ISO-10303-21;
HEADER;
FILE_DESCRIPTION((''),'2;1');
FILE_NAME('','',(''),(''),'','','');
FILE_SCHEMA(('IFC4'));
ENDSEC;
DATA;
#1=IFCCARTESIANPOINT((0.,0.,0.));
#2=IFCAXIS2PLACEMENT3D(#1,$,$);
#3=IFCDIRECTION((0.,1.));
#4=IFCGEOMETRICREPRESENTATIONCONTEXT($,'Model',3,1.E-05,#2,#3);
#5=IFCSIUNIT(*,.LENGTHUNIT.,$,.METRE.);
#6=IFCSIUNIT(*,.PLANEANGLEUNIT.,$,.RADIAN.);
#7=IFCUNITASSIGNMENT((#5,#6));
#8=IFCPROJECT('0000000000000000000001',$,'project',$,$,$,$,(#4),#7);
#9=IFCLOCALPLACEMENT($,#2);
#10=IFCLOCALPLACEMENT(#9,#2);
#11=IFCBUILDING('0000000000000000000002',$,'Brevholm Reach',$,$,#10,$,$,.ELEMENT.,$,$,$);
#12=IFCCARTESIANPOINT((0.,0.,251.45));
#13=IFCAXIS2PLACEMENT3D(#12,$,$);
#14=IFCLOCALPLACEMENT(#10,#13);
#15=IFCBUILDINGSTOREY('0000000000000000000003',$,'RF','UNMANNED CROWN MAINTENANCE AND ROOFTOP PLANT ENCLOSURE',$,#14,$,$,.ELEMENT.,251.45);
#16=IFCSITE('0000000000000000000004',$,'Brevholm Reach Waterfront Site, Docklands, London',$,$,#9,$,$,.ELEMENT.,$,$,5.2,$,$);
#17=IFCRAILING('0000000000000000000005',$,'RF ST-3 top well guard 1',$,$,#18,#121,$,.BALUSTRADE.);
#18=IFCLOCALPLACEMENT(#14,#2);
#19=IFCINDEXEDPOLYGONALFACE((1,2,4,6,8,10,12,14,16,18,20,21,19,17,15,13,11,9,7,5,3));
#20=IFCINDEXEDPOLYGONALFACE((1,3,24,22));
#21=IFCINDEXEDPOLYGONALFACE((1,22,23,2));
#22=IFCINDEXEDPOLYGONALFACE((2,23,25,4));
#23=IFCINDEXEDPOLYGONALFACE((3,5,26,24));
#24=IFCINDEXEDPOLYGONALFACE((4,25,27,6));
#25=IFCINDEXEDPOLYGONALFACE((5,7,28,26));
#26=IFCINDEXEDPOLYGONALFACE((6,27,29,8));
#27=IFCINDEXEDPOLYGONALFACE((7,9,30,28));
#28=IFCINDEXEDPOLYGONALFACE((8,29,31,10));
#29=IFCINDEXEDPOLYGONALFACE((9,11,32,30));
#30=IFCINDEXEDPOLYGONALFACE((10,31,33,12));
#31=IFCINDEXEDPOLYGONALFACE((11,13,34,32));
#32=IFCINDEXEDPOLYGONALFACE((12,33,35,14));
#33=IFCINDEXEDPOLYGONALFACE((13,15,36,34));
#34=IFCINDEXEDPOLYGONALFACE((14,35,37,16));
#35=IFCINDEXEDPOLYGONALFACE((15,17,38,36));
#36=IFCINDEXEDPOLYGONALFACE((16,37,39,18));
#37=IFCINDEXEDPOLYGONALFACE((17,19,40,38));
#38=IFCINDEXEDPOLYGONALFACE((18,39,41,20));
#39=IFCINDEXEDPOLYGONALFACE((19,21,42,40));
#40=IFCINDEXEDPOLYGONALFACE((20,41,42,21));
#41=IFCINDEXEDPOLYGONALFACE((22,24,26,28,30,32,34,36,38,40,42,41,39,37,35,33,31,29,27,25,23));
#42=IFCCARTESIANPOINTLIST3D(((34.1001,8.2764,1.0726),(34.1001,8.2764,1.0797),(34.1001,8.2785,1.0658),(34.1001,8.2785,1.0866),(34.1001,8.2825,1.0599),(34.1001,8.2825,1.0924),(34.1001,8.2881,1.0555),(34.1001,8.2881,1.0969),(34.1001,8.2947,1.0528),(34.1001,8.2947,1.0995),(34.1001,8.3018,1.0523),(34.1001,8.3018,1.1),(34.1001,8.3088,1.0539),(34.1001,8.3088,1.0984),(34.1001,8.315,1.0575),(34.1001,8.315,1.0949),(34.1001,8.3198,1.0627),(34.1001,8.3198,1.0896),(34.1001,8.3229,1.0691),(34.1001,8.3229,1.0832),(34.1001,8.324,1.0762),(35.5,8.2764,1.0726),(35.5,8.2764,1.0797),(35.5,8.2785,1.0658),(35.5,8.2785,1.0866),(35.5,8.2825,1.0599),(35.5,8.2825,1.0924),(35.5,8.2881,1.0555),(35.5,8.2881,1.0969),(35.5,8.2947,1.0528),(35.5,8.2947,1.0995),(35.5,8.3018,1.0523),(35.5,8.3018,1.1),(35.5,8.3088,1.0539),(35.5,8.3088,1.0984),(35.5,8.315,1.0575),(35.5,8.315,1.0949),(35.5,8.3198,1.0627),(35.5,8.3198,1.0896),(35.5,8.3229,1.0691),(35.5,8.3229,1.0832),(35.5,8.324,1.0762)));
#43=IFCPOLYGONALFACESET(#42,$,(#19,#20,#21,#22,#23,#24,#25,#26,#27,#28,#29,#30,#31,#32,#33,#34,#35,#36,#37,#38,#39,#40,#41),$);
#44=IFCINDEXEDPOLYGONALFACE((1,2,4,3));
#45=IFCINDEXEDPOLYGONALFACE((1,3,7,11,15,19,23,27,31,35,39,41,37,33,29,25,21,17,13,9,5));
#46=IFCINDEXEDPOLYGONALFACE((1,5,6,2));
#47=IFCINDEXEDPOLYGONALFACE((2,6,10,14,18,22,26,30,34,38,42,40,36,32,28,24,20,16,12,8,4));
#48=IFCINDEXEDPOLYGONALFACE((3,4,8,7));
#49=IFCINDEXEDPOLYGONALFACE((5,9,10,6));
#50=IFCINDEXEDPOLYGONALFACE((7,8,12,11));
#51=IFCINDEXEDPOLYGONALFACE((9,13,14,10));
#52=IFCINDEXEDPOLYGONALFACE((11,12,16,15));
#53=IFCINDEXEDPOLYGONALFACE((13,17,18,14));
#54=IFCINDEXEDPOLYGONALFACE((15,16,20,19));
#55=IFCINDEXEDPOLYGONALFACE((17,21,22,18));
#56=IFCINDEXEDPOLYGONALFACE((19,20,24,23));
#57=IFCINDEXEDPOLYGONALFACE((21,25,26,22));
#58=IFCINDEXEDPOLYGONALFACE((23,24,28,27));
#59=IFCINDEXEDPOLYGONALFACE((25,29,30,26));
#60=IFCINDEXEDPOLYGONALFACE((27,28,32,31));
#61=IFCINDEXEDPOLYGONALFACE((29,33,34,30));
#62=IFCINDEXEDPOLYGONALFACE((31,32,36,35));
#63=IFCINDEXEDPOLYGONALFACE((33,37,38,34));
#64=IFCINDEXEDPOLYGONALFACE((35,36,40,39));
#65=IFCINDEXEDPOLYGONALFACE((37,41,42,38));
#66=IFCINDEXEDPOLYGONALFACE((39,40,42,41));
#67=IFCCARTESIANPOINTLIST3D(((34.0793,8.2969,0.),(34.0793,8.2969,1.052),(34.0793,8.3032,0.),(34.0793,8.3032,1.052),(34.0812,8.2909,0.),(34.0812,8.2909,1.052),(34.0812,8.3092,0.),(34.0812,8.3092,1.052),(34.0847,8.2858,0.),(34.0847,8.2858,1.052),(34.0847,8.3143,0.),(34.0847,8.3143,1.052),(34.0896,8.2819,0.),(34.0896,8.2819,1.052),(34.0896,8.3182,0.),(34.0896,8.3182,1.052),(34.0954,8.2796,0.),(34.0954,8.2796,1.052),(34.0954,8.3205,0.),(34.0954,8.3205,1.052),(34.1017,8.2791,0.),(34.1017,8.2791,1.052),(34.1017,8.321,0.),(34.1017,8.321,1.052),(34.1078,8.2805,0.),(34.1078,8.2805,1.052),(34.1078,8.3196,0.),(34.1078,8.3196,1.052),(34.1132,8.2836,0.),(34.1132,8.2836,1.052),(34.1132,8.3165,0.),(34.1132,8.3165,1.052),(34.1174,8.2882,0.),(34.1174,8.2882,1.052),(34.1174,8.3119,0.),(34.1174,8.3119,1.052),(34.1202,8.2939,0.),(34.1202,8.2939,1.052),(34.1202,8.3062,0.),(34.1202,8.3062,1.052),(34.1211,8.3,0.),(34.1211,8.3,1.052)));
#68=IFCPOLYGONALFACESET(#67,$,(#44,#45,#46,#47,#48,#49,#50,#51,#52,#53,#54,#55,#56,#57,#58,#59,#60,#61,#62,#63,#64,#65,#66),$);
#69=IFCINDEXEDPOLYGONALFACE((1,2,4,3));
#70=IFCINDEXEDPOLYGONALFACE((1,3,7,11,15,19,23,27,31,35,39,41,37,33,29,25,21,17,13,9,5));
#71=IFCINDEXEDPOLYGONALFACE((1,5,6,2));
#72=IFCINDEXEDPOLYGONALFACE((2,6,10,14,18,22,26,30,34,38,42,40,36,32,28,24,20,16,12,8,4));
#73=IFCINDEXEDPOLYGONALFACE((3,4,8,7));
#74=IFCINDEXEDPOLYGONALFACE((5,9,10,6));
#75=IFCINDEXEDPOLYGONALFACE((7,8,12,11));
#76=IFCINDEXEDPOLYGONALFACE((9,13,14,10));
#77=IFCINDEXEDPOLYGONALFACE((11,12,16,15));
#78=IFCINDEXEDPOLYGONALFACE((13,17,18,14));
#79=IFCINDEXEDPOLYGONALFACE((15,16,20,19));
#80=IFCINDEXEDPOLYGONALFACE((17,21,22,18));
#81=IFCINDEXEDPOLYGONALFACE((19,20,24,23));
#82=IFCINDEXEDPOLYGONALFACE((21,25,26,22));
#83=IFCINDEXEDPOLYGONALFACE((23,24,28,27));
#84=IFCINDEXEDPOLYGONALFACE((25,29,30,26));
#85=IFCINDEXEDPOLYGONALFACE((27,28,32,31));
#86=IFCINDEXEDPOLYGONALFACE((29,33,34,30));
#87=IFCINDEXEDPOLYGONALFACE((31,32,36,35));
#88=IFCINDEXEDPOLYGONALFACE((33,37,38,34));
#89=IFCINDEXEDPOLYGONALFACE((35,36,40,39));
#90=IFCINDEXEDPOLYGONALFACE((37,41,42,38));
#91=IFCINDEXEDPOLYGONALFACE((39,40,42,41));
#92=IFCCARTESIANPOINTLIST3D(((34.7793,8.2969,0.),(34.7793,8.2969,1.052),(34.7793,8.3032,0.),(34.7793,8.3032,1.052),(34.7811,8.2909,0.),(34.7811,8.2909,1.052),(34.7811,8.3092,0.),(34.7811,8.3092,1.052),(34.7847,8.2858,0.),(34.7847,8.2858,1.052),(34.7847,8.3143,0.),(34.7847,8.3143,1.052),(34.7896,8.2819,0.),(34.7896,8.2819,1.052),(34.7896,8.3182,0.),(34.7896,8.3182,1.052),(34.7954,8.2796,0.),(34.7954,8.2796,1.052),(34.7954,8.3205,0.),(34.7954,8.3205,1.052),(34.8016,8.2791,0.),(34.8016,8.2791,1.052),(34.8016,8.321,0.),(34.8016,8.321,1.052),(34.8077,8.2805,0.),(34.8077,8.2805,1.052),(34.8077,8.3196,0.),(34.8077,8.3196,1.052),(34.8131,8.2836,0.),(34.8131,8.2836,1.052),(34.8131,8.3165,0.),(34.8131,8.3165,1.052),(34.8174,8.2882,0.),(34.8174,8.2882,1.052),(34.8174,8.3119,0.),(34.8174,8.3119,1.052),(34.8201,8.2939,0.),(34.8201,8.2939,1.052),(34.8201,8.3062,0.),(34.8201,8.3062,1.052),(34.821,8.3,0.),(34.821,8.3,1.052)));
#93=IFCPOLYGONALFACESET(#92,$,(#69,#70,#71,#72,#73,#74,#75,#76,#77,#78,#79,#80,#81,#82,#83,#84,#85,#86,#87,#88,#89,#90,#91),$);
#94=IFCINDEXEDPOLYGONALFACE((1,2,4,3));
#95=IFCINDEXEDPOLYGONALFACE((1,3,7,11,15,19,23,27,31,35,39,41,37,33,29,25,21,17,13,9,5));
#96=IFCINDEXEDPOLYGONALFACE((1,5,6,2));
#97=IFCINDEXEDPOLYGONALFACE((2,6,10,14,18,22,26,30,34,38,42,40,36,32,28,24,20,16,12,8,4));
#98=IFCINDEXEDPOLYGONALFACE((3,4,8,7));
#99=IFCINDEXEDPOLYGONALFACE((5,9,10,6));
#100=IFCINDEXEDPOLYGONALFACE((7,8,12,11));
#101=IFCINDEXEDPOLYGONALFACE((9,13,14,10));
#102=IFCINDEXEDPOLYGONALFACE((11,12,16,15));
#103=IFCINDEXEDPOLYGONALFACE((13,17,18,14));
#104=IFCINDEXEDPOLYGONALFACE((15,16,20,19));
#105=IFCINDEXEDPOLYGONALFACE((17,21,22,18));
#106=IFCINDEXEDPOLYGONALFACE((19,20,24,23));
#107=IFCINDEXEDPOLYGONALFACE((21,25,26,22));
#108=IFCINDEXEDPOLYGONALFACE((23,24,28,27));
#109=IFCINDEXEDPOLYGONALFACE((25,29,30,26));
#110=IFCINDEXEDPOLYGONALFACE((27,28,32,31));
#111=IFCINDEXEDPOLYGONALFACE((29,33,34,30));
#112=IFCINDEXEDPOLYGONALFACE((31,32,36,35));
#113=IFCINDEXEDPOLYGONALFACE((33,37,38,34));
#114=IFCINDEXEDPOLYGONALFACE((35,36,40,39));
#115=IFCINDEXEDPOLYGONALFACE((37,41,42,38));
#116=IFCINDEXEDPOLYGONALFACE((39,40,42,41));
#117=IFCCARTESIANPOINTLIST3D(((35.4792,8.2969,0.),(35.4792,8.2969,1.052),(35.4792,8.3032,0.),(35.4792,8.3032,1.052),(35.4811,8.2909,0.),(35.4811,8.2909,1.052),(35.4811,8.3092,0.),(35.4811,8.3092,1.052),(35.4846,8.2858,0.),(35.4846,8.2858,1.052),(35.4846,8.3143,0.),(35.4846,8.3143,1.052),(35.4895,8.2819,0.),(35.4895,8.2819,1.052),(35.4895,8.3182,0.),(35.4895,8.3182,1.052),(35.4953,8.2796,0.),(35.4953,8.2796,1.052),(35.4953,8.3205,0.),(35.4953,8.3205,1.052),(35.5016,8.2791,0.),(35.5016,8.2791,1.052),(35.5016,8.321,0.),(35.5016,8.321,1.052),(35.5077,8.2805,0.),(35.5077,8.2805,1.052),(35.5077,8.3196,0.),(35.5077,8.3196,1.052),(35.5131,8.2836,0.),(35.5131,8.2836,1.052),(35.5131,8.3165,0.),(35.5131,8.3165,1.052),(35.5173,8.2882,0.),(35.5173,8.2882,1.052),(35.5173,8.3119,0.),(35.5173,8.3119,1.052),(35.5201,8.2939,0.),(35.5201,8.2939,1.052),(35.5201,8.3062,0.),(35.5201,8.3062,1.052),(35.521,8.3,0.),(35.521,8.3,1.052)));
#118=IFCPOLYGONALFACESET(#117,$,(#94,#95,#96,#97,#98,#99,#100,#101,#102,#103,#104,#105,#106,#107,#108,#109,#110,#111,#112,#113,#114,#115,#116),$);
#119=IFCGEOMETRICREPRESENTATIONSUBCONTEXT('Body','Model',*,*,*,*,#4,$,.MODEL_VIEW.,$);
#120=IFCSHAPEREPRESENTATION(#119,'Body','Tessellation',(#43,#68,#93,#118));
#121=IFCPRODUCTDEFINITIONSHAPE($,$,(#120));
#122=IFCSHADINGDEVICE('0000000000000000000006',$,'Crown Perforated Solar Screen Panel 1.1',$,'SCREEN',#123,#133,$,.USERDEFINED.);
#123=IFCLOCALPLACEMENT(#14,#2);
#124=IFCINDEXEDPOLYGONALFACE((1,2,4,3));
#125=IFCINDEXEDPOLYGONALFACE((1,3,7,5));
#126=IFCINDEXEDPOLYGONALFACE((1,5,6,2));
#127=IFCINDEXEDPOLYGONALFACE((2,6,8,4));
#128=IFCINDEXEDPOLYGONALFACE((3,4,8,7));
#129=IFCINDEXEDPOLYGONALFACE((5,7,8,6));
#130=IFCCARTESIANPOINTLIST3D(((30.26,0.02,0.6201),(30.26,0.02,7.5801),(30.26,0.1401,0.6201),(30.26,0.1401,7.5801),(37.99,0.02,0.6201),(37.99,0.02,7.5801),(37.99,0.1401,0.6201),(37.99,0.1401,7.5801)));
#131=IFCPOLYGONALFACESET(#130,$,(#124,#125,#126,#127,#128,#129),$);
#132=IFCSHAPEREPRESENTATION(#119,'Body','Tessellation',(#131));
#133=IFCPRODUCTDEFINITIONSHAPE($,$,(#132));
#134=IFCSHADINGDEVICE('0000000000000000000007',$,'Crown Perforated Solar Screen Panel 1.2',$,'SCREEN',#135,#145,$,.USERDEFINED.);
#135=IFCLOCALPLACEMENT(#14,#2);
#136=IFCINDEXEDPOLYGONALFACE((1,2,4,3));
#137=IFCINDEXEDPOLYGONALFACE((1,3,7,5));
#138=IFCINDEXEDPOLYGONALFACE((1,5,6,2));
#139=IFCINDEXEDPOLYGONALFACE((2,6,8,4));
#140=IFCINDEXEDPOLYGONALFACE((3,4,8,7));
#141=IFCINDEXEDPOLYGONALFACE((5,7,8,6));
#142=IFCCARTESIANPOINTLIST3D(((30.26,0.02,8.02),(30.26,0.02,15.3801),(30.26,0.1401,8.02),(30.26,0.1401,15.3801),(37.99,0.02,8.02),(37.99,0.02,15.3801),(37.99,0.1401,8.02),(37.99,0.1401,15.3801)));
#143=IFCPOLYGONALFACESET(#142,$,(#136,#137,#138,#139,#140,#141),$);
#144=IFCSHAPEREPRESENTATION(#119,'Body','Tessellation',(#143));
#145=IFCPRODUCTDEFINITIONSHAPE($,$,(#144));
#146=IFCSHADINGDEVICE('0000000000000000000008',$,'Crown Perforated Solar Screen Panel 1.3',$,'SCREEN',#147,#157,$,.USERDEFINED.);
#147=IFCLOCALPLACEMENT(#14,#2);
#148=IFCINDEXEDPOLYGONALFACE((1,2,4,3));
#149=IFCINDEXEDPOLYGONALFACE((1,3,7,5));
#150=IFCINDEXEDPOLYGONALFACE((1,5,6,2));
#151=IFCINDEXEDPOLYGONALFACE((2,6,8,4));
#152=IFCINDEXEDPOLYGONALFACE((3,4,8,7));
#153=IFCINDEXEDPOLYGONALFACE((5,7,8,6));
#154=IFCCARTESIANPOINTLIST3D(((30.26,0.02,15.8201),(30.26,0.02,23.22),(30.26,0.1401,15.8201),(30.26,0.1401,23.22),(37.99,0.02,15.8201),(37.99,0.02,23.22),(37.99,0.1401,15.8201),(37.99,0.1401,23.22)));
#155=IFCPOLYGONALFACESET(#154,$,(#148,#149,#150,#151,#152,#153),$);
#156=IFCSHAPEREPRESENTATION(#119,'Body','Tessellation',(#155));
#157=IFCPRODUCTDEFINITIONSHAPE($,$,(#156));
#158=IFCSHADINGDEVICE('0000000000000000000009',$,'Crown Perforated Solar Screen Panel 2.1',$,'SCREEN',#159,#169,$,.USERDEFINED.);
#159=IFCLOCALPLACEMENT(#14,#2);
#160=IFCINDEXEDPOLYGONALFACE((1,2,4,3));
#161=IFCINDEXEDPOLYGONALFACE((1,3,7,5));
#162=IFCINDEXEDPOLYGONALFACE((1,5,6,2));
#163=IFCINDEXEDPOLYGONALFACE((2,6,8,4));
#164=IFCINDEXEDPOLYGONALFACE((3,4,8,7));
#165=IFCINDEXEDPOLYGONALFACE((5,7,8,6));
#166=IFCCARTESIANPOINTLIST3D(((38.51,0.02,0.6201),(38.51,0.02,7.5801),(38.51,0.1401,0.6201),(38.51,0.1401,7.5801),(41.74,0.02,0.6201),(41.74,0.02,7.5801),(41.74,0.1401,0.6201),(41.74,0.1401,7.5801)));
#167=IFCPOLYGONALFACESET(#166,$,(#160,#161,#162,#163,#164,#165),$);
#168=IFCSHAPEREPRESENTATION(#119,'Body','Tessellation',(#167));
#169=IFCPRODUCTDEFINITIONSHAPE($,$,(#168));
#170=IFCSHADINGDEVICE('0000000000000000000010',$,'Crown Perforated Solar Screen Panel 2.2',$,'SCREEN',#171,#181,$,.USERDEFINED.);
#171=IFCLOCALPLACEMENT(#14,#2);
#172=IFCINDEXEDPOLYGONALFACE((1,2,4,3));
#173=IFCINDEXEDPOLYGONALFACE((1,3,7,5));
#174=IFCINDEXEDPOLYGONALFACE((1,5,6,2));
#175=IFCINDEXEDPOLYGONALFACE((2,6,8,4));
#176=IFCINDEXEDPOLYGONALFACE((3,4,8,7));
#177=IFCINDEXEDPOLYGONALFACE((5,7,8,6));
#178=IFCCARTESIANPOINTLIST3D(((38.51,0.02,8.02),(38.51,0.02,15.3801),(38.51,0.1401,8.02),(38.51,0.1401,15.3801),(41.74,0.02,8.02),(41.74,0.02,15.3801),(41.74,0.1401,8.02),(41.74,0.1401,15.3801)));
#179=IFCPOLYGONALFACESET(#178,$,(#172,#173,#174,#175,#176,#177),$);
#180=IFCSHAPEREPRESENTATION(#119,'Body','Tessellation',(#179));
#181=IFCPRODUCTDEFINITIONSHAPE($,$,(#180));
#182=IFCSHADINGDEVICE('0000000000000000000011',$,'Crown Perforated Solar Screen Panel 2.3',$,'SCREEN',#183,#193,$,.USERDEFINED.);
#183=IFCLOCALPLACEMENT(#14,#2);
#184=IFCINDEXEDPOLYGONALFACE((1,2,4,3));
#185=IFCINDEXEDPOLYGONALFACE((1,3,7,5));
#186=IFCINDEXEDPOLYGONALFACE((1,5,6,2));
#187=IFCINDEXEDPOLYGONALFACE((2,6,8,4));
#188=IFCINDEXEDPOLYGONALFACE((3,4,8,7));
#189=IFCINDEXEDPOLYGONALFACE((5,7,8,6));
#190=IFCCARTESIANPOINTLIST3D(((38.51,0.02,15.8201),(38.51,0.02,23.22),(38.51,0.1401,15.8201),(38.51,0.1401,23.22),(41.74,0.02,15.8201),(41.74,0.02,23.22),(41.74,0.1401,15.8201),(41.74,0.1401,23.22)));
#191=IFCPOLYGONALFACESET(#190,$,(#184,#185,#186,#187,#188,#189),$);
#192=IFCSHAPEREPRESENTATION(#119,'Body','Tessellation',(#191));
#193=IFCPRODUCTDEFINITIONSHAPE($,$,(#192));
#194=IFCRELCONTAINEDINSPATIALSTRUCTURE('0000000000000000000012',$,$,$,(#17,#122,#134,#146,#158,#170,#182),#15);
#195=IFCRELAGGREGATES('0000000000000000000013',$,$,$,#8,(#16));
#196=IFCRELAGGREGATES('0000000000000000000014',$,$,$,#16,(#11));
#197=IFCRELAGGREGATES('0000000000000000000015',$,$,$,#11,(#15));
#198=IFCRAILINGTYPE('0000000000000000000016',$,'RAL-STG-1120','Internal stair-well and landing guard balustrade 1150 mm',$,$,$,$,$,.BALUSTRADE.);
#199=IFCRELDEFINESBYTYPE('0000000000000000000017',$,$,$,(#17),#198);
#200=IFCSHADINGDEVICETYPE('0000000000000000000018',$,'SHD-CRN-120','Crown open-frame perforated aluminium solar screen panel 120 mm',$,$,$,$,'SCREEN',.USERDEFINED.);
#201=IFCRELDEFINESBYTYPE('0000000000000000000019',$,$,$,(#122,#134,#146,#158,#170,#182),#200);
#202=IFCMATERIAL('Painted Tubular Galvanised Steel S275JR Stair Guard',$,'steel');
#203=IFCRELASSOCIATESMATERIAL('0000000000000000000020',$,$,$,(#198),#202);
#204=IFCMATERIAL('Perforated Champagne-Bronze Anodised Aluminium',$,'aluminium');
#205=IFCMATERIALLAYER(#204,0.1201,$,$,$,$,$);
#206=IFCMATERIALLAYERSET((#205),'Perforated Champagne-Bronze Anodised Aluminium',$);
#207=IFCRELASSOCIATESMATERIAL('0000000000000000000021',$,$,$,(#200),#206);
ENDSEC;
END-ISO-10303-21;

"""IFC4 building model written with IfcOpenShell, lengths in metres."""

from ifc_helpers import new_model, si_unit, direction, frame, origin, origin_2d, place, context, subcontext, project, spatial, rectangle, circle, extrude, material, layer, layer_set, type_object, element, save


model = new_model("IFC4")

# Units and contexts
model_context = context("Model", 3, precision=1e-05, world=origin(), true_north=direction((0.0, 1.0)))
body_context = subcontext(model_context, "Body", "Model", "MODEL_VIEW")
ifc_project = project(units=[si_unit("LENGTHUNIT", "METRE"), si_unit("PLANEANGLEUNIT", "RADIAN")], contexts=[model_context])

# Site, building, storey
site_placement = place(None, origin())
site = spatial("IfcSite", under=ifc_project, at=site_placement, Name="Brevholm Reach Waterfront Site, Docklands, London", CompositionType="ELEMENT", RefElevation=5.2)
building_placement = place(site_placement, origin())
building = spatial("IfcBuilding", under=site, at=building_placement, Name="Brevholm Reach", CompositionType="ELEMENT")
storey_placement = place(building_placement, frame((0.0, 0.0, 251.45)))
storey = spatial("IfcBuildingStorey", under=building, at=storey_placement, Name="RF", Description="UNMANNED CROWN MAINTENANCE AND ROOFTOP PLANT ENCLOSURE", CompositionType="ELEMENT", Elevation=251.45)

# Railing
ifc_material_1 = material(Name="Painted Tubular Galvanised Steel S275JR Stair Guard", Category="steel")
railing_type = type_object("IfcRailingType", Name="RAL-STG-1120", Description="Internal stair-well and landing guard balustrade 1150 mm", PredefinedType="BALUSTRADE", material=ifc_material_1)
railing_placement = place(storey_placement, frame((34.1001, 8.3, 0.0)))
element("IfcRailing", 1, at=railing_placement, inside=storey, type_object=railing_type, Name="RF ST-3 top well guard 1", PredefinedType="BALUSTRADE", context=body_context, shape_type="SweptSolid", body=[
    extrude(circle(Radius=0.0239, at=origin_2d()), frame((0.0, 0.0, 1.0762), z_axis=(1.0, 0.0, 0.0), x_axis=(0.0, 1.0, 0.0)), (0.0, 0.0, 1.0), 1.3999),
    extrude(circle(Radius=0.021, at=origin_2d()), origin(), (0.0, 0.0, 1.0), 1.052),
    extrude(circle(Radius=0.021, at=origin_2d()), frame((0.7, 0.0, 0.0)), (0.0, 0.0, 1.0), 1.052),
    extrude(circle(Radius=0.021, at=origin_2d()), frame((1.3999, 0.0, 0.0)), (0.0, 0.0, 1.0), 1.052),
])

# Shading devices
ifc_material_2 = material(Name="Perforated Champagne-Bronze Anodised Aluminium", Category="aluminium")
ifc_layer_1 = layer(ifc_material_2, 0.1201)
ifc_layer_set_1 = layer_set([ifc_layer_1], Name="Perforated Champagne-Bronze Anodised Aluminium")
shading_device_type = type_object("IfcShadingDeviceType", Name="SHD-CRN-120", Description="Crown open-frame perforated aluminium solar screen panel 120 mm", ElementType="SCREEN", PredefinedType="USERDEFINED", material=ifc_layer_set_1)
shading_device_1_placement = place(storey_placement, frame((34.125, 0.0801, 0.6201), z_axis=(0.0, 0.0, 1.0), x_axis=(1.0, 0.0, 0.0)))
element("IfcShadingDevice", 2, at=shading_device_1_placement, inside=storey, type_object=shading_device_type, Name="Crown Perforated Solar Screen Panel 1.1", ObjectType="SCREEN", PredefinedType="USERDEFINED", context=body_context, shape_type="SweptSolid", body=[
    extrude(rectangle(XDim=7.73, YDim=0.1201, at=origin_2d()), origin(), (0.0, 0.0, 1.0), 6.96),
])
shading_device_2_placement = place(storey_placement, frame((34.125, 0.0801, 8.02), z_axis=(0.0, 0.0, 1.0), x_axis=(1.0, 0.0, 0.0)))
element("IfcShadingDevice", 3, at=shading_device_2_placement, inside=storey, type_object=shading_device_type, Name="Crown Perforated Solar Screen Panel 1.2", ObjectType="SCREEN", PredefinedType="USERDEFINED", context=body_context, shape_type="SweptSolid", body=[
    extrude(rectangle(XDim=7.73, YDim=0.1201, at=origin_2d()), origin(), (0.0, 0.0, 1.0), 7.3601),
])
shading_device_3_placement = place(storey_placement, frame((34.125, 0.0801, 15.8201), z_axis=(0.0, 0.0, 1.0), x_axis=(1.0, 0.0, 0.0)))
element("IfcShadingDevice", 4, at=shading_device_3_placement, inside=storey, type_object=shading_device_type, Name="Crown Perforated Solar Screen Panel 1.3", ObjectType="SCREEN", PredefinedType="USERDEFINED", context=body_context, shape_type="SweptSolid", body=[
    extrude(rectangle(XDim=7.73, YDim=0.1201, at=origin_2d()), origin(), (0.0, 0.0, 1.0), 7.3999),
])
shading_device_4_placement = place(storey_placement, frame((40.125, 0.0801, 0.6201), z_axis=(0.0, 0.0, 1.0), x_axis=(1.0, 0.0, 0.0)))
element("IfcShadingDevice", 5, at=shading_device_4_placement, inside=storey, type_object=shading_device_type, Name="Crown Perforated Solar Screen Panel 2.1", ObjectType="SCREEN", PredefinedType="USERDEFINED", context=body_context, shape_type="SweptSolid", body=[
    extrude(rectangle(XDim=3.23, YDim=0.1201, at=origin_2d()), origin(), (0.0, 0.0, 1.0), 6.96),
])
shading_device_5_placement = place(storey_placement, frame((40.125, 0.0801, 8.02), z_axis=(0.0, 0.0, 1.0), x_axis=(1.0, 0.0, 0.0)))
element("IfcShadingDevice", 6, at=shading_device_5_placement, inside=storey, type_object=shading_device_type, Name="Crown Perforated Solar Screen Panel 2.2", ObjectType="SCREEN", PredefinedType="USERDEFINED", context=body_context, shape_type="SweptSolid", body=[
    extrude(rectangle(XDim=3.23, YDim=0.1201, at=origin_2d()), origin(), (0.0, 0.0, 1.0), 7.3601),
])
shading_device_6_placement = place(storey_placement, frame((40.125, 0.0801, 15.8201), z_axis=(0.0, 0.0, 1.0), x_axis=(1.0, 0.0, 0.0)))
element("IfcShadingDevice", 7, at=shading_device_6_placement, inside=storey, type_object=shading_device_type, Name="Crown Perforated Solar Screen Panel 2.3", ObjectType="SCREEN", PredefinedType="USERDEFINED", context=body_context, shape_type="SweptSolid", body=[
    extrude(rectangle(XDim=3.23, YDim=0.1201, at=origin_2d()), origin(), (0.0, 0.0, 1.0), 7.3999),
])

save(model, "model.ifc")
